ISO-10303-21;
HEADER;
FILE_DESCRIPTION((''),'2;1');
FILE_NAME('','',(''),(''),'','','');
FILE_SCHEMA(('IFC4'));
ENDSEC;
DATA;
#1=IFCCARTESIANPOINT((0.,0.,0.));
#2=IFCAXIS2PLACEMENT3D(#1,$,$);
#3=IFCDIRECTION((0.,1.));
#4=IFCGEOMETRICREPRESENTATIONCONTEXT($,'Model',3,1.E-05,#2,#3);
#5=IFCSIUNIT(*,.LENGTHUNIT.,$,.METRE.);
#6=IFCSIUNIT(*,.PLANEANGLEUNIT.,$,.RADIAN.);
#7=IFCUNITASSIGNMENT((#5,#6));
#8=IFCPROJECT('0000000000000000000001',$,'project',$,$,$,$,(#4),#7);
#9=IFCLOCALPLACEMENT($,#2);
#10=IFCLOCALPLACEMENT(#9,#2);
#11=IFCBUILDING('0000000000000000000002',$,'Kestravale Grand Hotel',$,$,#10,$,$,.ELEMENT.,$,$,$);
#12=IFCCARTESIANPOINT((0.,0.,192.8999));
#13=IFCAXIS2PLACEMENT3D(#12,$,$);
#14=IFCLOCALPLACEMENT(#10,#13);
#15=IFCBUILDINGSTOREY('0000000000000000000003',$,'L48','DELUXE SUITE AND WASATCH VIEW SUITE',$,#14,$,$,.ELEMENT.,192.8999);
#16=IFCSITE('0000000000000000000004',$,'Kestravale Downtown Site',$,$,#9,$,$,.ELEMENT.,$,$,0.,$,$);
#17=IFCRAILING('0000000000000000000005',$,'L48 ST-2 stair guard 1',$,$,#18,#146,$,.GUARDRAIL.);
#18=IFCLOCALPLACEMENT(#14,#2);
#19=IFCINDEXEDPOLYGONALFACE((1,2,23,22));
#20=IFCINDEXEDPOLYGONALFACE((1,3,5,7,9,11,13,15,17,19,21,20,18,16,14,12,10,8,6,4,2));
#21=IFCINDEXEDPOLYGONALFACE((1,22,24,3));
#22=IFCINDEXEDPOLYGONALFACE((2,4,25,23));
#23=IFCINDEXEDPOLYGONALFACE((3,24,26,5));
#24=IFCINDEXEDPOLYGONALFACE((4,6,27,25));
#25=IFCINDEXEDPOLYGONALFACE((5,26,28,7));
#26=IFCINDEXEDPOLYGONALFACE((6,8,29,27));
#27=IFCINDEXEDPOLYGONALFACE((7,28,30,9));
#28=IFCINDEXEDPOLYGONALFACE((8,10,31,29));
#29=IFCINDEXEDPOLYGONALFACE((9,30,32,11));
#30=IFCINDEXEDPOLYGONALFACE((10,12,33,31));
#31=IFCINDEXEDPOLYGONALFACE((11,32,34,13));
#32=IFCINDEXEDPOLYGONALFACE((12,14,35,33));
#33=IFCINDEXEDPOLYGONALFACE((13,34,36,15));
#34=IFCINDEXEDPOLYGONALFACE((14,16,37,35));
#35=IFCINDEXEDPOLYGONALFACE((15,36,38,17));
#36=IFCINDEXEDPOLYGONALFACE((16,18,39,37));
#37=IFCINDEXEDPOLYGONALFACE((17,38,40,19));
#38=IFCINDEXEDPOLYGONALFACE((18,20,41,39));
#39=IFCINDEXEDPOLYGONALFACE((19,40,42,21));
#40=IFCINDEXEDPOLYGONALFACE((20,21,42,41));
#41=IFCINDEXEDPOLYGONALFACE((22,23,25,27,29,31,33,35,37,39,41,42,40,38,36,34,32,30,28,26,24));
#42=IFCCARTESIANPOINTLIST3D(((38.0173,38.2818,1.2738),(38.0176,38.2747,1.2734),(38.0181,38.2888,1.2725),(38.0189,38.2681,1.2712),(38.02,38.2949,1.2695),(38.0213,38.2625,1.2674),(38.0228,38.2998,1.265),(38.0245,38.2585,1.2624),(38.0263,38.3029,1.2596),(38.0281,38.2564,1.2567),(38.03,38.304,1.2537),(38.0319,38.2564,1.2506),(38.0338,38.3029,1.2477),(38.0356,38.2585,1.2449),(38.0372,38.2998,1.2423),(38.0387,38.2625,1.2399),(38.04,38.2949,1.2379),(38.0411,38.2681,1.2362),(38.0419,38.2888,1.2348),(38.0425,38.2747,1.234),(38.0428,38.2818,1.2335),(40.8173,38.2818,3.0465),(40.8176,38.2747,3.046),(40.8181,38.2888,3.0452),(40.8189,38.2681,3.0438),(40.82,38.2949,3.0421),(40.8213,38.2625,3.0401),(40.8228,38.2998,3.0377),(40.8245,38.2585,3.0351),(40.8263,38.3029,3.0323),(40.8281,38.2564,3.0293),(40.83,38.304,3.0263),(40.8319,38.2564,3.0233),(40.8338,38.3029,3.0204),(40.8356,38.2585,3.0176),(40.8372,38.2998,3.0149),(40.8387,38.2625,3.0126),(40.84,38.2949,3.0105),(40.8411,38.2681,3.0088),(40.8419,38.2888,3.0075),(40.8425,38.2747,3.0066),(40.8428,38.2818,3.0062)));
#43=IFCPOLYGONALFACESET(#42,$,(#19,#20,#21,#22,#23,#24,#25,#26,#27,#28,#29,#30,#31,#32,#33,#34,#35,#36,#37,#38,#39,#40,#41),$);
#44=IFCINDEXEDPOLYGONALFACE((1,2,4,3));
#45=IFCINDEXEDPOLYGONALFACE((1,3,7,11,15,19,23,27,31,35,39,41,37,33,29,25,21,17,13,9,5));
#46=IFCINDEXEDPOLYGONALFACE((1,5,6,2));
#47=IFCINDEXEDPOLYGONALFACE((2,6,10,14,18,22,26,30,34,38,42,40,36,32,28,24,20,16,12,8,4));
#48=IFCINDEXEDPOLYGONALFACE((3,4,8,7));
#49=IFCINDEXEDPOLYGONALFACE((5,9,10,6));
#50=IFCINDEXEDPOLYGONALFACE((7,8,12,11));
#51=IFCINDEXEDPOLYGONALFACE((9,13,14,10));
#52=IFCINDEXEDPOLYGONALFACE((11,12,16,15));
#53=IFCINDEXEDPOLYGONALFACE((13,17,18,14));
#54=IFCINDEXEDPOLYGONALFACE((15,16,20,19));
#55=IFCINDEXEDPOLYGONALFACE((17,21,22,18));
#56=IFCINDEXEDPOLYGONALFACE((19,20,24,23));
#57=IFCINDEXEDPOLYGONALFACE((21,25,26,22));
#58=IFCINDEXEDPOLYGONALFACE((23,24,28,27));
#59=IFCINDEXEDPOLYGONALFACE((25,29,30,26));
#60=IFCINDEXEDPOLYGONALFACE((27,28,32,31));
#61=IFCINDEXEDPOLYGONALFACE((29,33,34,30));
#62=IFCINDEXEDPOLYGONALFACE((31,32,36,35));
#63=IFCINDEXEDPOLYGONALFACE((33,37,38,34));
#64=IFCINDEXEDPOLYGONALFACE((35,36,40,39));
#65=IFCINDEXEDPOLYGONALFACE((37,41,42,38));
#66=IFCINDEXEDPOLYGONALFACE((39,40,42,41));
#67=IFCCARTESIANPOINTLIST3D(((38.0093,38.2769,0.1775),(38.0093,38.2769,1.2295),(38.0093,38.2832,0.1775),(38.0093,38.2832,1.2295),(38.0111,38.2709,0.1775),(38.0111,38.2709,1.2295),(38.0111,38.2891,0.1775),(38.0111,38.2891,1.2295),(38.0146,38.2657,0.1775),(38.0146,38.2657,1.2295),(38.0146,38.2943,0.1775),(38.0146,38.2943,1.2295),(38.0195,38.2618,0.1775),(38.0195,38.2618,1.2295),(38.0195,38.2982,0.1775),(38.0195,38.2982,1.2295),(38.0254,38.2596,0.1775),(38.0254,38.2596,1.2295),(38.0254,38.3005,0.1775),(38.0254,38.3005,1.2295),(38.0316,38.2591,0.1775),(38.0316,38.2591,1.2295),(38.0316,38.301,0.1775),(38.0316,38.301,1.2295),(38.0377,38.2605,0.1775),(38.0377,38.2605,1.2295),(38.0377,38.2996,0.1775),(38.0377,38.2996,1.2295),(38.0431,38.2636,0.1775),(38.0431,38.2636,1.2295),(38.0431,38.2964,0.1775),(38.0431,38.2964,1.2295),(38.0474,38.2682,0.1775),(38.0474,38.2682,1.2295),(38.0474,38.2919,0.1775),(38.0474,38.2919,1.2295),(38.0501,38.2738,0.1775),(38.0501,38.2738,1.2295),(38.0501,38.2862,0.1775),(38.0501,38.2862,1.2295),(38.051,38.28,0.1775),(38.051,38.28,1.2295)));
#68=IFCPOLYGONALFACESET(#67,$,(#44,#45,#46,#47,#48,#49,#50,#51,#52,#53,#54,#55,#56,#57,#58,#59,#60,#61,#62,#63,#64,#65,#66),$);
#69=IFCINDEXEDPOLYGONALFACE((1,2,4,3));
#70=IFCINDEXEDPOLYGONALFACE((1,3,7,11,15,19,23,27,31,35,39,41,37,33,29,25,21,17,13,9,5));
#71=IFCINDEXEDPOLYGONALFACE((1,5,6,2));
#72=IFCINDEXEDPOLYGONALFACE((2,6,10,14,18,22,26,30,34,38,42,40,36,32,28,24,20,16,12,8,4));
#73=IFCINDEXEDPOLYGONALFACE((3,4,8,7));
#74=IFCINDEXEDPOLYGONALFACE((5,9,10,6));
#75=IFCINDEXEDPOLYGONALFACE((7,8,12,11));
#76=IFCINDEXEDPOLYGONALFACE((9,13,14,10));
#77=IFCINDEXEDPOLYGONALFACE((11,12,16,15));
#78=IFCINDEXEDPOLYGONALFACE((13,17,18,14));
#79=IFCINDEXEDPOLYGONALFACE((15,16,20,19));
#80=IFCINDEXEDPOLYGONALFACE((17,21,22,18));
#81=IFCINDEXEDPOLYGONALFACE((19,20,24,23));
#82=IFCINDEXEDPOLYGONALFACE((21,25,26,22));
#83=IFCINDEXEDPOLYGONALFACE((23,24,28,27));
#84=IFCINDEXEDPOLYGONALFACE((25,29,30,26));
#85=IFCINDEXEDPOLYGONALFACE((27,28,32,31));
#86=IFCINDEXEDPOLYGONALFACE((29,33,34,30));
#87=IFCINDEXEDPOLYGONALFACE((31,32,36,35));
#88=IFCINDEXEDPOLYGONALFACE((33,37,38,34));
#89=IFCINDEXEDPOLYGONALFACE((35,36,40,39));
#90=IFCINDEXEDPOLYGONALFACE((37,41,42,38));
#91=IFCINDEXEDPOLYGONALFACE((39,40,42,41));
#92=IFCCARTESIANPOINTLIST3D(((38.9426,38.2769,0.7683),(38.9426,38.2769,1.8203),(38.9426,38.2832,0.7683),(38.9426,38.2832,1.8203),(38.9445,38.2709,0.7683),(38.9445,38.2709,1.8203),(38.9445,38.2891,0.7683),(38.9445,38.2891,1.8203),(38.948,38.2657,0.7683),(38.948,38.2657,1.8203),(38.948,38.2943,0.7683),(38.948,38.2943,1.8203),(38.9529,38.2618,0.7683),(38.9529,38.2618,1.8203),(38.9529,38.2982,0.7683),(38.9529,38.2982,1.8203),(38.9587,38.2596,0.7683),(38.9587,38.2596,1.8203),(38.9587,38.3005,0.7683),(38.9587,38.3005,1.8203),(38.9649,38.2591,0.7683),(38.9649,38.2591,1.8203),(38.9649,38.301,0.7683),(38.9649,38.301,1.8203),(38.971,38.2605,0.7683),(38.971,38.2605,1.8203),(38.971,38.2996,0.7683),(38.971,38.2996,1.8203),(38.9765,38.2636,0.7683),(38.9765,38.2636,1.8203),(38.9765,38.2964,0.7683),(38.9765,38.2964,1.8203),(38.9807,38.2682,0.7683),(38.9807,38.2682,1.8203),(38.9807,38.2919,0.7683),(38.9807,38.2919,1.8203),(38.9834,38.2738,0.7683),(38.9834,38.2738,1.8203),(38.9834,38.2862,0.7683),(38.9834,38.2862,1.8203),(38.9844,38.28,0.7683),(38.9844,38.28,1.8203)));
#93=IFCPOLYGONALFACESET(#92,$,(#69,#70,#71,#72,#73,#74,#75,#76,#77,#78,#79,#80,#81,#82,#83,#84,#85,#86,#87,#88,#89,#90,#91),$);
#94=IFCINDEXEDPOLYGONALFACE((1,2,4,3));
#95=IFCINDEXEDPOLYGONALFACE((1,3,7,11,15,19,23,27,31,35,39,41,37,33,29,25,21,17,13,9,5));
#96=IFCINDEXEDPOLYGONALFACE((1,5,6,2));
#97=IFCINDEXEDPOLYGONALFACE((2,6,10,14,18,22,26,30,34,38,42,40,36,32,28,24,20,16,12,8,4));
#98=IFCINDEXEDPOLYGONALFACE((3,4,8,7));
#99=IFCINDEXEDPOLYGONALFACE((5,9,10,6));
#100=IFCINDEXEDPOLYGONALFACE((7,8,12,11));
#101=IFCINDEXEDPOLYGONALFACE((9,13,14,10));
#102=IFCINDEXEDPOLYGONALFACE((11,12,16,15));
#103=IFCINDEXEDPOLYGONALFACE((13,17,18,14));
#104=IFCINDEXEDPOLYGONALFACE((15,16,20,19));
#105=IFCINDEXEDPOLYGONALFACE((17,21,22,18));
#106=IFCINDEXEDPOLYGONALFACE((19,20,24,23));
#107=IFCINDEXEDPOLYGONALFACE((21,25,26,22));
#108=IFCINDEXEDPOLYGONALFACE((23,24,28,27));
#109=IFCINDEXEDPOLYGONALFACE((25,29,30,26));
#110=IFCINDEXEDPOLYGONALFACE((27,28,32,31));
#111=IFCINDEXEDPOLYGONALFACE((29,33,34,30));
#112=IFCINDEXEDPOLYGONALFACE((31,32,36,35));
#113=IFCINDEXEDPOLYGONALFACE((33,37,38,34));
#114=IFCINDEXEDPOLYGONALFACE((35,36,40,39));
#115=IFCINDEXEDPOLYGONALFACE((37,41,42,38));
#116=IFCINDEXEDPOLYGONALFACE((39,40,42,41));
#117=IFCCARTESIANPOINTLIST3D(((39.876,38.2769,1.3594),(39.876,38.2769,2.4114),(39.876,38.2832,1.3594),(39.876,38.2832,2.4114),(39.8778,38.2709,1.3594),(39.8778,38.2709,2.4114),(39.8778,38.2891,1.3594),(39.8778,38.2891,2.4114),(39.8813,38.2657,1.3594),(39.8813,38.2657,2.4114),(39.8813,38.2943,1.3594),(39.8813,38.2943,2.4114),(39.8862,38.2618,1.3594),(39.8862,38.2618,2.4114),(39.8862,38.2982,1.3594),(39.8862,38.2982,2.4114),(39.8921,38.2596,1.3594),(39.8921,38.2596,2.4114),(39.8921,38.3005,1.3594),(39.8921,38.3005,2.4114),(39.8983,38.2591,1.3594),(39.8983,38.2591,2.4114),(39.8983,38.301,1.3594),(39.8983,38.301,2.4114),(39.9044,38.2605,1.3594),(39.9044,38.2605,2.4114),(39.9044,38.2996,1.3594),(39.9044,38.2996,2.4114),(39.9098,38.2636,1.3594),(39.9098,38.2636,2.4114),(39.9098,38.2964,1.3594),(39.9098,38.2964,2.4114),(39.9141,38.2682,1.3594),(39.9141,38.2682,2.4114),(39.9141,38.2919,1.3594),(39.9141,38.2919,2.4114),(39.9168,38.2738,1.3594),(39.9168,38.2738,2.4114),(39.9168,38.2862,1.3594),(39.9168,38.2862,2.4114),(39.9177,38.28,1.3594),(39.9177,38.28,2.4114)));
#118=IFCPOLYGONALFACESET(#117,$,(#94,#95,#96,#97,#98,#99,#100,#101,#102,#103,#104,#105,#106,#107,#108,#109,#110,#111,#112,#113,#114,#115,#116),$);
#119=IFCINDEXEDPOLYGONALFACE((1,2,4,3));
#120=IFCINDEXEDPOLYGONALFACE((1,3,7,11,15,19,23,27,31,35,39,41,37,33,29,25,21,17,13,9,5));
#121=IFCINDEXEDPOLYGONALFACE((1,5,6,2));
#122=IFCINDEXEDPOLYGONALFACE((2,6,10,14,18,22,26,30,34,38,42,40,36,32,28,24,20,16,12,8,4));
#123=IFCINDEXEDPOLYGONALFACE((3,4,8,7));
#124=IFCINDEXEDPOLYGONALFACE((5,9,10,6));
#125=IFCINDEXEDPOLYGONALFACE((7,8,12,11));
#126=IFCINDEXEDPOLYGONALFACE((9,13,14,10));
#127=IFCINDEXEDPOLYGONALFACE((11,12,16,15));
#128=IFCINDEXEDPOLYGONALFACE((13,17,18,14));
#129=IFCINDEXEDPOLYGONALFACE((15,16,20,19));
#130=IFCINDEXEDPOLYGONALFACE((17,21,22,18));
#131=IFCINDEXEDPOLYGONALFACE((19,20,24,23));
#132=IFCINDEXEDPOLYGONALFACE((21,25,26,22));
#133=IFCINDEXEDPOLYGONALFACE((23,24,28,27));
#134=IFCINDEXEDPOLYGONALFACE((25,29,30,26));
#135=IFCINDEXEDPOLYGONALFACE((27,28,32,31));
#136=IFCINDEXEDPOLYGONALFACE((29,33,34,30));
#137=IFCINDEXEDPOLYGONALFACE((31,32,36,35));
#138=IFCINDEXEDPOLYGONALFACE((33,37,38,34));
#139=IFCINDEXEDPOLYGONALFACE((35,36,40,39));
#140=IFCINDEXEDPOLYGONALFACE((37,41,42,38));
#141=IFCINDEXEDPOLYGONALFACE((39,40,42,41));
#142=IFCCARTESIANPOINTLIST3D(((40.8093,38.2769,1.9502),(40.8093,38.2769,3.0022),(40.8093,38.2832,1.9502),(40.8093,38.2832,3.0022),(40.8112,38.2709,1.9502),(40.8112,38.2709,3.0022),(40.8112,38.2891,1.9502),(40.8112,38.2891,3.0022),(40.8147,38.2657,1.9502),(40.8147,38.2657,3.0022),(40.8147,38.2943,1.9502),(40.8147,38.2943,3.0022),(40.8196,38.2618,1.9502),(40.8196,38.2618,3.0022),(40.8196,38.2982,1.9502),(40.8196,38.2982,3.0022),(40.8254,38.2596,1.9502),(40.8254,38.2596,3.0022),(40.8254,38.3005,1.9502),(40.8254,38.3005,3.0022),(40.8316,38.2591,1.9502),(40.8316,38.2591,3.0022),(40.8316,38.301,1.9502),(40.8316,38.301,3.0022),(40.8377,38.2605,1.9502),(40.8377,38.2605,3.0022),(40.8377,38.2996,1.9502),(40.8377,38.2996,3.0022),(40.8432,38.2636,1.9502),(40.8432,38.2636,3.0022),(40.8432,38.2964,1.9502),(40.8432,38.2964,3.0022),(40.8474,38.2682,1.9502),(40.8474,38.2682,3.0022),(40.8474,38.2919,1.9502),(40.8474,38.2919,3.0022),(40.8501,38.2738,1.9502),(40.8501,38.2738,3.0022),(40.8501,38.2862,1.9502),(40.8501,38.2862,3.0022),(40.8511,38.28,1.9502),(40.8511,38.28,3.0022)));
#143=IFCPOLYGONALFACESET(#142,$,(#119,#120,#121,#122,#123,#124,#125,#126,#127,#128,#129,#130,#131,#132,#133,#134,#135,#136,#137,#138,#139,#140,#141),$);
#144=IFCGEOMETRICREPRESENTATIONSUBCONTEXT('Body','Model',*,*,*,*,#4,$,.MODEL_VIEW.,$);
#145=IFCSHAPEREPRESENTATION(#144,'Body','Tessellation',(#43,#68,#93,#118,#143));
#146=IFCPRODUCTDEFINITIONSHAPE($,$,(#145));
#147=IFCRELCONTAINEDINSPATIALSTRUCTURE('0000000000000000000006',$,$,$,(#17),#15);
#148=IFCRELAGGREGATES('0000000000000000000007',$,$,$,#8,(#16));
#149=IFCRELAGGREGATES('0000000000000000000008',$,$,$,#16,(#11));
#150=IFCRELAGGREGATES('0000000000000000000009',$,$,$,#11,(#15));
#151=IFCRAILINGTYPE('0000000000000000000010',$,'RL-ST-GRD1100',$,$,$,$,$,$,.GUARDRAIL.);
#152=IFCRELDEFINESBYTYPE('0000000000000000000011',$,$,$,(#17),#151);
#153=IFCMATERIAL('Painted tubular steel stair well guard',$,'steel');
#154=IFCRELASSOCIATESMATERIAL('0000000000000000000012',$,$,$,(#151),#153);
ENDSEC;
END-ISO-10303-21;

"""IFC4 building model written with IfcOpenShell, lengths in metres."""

from ifc_helpers import new_model, si_unit, direction, frame, origin, origin_2d, place, context, subcontext, project, spatial, circle, extrude, material, type_object, element, save


model = new_model("IFC4")

# Units and contexts
model_context = context("Model", 3, precision=1e-05, world=origin(), true_north=direction((0.0, 1.0)))
body_context = subcontext(model_context, "Body", "Model", "MODEL_VIEW")
ifc_project = project(units=[si_unit("LENGTHUNIT", "METRE"), si_unit("PLANEANGLEUNIT", "RADIAN")], contexts=[model_context])

# Site, building, storey
site_placement = place(None, origin())
site = spatial("IfcSite", under=ifc_project, at=site_placement, Name="Kestravale Downtown Site", CompositionType="ELEMENT", RefElevation=0.0)
building_placement = place(site_placement, origin())
building = spatial("IfcBuilding", under=site, at=building_placement, Name="Kestravale Grand Hotel", CompositionType="ELEMENT")
storey_placement = place(building_placement, frame((0.0, 0.0, 192.8999)))
storey = spatial("IfcBuildingStorey", under=building, at=storey_placement, Name="L48", Description="DELUXE SUITE AND WASATCH VIEW SUITE", CompositionType="ELEMENT", Elevation=192.8999)

# Railing
ifc_material_1 = material(Name="Painted tubular steel stair well guard", Category="steel")
railing_type_1 = type_object("IfcRailingType", Name="RL-ST-GRD1100", PredefinedType="GUARDRAIL", material=ifc_material_1)
railing_1_placement = place(storey_placement, frame((38.03, 38.28, 0.1775)))
element("IfcRailing", 1, at=railing_1_placement, inside=storey, type_object=railing_type_1, Name="L48 ST-2 stair guard 1", PredefinedType="GUARDRAIL", context=body_context, shape_type="SweptSolid", body=[
    extrude(circle(Radius=0.0239, at=origin_2d()), frame((0.0, 0.0, 1.0762), z_axis=(0.844909, 0.0, 0.53491), x_axis=(0.0, 1.0, 0.0)), (0.0, 0.0, 1.0), 3.314),
    extrude(circle(Radius=0.021, at=origin_2d()), origin(), (0.0, 0.0, 1.0), 1.052),
    extrude(circle(Radius=0.021, at=origin_2d()), frame((0.9333, 0.0, 0.5908)), (0.0, 0.0, 1.0), 1.052),
    extrude(circle(Radius=0.021, at=origin_2d()), frame((1.8667, 0.0, 1.1819)), (0.0, 0.0, 1.0), 1.052),
    extrude(circle(Radius=0.021, at=origin_2d()), frame((2.8, 0.0, 1.7727)), (0.0, 0.0, 1.0), 1.052),
])

save(model, "model.ifc")
